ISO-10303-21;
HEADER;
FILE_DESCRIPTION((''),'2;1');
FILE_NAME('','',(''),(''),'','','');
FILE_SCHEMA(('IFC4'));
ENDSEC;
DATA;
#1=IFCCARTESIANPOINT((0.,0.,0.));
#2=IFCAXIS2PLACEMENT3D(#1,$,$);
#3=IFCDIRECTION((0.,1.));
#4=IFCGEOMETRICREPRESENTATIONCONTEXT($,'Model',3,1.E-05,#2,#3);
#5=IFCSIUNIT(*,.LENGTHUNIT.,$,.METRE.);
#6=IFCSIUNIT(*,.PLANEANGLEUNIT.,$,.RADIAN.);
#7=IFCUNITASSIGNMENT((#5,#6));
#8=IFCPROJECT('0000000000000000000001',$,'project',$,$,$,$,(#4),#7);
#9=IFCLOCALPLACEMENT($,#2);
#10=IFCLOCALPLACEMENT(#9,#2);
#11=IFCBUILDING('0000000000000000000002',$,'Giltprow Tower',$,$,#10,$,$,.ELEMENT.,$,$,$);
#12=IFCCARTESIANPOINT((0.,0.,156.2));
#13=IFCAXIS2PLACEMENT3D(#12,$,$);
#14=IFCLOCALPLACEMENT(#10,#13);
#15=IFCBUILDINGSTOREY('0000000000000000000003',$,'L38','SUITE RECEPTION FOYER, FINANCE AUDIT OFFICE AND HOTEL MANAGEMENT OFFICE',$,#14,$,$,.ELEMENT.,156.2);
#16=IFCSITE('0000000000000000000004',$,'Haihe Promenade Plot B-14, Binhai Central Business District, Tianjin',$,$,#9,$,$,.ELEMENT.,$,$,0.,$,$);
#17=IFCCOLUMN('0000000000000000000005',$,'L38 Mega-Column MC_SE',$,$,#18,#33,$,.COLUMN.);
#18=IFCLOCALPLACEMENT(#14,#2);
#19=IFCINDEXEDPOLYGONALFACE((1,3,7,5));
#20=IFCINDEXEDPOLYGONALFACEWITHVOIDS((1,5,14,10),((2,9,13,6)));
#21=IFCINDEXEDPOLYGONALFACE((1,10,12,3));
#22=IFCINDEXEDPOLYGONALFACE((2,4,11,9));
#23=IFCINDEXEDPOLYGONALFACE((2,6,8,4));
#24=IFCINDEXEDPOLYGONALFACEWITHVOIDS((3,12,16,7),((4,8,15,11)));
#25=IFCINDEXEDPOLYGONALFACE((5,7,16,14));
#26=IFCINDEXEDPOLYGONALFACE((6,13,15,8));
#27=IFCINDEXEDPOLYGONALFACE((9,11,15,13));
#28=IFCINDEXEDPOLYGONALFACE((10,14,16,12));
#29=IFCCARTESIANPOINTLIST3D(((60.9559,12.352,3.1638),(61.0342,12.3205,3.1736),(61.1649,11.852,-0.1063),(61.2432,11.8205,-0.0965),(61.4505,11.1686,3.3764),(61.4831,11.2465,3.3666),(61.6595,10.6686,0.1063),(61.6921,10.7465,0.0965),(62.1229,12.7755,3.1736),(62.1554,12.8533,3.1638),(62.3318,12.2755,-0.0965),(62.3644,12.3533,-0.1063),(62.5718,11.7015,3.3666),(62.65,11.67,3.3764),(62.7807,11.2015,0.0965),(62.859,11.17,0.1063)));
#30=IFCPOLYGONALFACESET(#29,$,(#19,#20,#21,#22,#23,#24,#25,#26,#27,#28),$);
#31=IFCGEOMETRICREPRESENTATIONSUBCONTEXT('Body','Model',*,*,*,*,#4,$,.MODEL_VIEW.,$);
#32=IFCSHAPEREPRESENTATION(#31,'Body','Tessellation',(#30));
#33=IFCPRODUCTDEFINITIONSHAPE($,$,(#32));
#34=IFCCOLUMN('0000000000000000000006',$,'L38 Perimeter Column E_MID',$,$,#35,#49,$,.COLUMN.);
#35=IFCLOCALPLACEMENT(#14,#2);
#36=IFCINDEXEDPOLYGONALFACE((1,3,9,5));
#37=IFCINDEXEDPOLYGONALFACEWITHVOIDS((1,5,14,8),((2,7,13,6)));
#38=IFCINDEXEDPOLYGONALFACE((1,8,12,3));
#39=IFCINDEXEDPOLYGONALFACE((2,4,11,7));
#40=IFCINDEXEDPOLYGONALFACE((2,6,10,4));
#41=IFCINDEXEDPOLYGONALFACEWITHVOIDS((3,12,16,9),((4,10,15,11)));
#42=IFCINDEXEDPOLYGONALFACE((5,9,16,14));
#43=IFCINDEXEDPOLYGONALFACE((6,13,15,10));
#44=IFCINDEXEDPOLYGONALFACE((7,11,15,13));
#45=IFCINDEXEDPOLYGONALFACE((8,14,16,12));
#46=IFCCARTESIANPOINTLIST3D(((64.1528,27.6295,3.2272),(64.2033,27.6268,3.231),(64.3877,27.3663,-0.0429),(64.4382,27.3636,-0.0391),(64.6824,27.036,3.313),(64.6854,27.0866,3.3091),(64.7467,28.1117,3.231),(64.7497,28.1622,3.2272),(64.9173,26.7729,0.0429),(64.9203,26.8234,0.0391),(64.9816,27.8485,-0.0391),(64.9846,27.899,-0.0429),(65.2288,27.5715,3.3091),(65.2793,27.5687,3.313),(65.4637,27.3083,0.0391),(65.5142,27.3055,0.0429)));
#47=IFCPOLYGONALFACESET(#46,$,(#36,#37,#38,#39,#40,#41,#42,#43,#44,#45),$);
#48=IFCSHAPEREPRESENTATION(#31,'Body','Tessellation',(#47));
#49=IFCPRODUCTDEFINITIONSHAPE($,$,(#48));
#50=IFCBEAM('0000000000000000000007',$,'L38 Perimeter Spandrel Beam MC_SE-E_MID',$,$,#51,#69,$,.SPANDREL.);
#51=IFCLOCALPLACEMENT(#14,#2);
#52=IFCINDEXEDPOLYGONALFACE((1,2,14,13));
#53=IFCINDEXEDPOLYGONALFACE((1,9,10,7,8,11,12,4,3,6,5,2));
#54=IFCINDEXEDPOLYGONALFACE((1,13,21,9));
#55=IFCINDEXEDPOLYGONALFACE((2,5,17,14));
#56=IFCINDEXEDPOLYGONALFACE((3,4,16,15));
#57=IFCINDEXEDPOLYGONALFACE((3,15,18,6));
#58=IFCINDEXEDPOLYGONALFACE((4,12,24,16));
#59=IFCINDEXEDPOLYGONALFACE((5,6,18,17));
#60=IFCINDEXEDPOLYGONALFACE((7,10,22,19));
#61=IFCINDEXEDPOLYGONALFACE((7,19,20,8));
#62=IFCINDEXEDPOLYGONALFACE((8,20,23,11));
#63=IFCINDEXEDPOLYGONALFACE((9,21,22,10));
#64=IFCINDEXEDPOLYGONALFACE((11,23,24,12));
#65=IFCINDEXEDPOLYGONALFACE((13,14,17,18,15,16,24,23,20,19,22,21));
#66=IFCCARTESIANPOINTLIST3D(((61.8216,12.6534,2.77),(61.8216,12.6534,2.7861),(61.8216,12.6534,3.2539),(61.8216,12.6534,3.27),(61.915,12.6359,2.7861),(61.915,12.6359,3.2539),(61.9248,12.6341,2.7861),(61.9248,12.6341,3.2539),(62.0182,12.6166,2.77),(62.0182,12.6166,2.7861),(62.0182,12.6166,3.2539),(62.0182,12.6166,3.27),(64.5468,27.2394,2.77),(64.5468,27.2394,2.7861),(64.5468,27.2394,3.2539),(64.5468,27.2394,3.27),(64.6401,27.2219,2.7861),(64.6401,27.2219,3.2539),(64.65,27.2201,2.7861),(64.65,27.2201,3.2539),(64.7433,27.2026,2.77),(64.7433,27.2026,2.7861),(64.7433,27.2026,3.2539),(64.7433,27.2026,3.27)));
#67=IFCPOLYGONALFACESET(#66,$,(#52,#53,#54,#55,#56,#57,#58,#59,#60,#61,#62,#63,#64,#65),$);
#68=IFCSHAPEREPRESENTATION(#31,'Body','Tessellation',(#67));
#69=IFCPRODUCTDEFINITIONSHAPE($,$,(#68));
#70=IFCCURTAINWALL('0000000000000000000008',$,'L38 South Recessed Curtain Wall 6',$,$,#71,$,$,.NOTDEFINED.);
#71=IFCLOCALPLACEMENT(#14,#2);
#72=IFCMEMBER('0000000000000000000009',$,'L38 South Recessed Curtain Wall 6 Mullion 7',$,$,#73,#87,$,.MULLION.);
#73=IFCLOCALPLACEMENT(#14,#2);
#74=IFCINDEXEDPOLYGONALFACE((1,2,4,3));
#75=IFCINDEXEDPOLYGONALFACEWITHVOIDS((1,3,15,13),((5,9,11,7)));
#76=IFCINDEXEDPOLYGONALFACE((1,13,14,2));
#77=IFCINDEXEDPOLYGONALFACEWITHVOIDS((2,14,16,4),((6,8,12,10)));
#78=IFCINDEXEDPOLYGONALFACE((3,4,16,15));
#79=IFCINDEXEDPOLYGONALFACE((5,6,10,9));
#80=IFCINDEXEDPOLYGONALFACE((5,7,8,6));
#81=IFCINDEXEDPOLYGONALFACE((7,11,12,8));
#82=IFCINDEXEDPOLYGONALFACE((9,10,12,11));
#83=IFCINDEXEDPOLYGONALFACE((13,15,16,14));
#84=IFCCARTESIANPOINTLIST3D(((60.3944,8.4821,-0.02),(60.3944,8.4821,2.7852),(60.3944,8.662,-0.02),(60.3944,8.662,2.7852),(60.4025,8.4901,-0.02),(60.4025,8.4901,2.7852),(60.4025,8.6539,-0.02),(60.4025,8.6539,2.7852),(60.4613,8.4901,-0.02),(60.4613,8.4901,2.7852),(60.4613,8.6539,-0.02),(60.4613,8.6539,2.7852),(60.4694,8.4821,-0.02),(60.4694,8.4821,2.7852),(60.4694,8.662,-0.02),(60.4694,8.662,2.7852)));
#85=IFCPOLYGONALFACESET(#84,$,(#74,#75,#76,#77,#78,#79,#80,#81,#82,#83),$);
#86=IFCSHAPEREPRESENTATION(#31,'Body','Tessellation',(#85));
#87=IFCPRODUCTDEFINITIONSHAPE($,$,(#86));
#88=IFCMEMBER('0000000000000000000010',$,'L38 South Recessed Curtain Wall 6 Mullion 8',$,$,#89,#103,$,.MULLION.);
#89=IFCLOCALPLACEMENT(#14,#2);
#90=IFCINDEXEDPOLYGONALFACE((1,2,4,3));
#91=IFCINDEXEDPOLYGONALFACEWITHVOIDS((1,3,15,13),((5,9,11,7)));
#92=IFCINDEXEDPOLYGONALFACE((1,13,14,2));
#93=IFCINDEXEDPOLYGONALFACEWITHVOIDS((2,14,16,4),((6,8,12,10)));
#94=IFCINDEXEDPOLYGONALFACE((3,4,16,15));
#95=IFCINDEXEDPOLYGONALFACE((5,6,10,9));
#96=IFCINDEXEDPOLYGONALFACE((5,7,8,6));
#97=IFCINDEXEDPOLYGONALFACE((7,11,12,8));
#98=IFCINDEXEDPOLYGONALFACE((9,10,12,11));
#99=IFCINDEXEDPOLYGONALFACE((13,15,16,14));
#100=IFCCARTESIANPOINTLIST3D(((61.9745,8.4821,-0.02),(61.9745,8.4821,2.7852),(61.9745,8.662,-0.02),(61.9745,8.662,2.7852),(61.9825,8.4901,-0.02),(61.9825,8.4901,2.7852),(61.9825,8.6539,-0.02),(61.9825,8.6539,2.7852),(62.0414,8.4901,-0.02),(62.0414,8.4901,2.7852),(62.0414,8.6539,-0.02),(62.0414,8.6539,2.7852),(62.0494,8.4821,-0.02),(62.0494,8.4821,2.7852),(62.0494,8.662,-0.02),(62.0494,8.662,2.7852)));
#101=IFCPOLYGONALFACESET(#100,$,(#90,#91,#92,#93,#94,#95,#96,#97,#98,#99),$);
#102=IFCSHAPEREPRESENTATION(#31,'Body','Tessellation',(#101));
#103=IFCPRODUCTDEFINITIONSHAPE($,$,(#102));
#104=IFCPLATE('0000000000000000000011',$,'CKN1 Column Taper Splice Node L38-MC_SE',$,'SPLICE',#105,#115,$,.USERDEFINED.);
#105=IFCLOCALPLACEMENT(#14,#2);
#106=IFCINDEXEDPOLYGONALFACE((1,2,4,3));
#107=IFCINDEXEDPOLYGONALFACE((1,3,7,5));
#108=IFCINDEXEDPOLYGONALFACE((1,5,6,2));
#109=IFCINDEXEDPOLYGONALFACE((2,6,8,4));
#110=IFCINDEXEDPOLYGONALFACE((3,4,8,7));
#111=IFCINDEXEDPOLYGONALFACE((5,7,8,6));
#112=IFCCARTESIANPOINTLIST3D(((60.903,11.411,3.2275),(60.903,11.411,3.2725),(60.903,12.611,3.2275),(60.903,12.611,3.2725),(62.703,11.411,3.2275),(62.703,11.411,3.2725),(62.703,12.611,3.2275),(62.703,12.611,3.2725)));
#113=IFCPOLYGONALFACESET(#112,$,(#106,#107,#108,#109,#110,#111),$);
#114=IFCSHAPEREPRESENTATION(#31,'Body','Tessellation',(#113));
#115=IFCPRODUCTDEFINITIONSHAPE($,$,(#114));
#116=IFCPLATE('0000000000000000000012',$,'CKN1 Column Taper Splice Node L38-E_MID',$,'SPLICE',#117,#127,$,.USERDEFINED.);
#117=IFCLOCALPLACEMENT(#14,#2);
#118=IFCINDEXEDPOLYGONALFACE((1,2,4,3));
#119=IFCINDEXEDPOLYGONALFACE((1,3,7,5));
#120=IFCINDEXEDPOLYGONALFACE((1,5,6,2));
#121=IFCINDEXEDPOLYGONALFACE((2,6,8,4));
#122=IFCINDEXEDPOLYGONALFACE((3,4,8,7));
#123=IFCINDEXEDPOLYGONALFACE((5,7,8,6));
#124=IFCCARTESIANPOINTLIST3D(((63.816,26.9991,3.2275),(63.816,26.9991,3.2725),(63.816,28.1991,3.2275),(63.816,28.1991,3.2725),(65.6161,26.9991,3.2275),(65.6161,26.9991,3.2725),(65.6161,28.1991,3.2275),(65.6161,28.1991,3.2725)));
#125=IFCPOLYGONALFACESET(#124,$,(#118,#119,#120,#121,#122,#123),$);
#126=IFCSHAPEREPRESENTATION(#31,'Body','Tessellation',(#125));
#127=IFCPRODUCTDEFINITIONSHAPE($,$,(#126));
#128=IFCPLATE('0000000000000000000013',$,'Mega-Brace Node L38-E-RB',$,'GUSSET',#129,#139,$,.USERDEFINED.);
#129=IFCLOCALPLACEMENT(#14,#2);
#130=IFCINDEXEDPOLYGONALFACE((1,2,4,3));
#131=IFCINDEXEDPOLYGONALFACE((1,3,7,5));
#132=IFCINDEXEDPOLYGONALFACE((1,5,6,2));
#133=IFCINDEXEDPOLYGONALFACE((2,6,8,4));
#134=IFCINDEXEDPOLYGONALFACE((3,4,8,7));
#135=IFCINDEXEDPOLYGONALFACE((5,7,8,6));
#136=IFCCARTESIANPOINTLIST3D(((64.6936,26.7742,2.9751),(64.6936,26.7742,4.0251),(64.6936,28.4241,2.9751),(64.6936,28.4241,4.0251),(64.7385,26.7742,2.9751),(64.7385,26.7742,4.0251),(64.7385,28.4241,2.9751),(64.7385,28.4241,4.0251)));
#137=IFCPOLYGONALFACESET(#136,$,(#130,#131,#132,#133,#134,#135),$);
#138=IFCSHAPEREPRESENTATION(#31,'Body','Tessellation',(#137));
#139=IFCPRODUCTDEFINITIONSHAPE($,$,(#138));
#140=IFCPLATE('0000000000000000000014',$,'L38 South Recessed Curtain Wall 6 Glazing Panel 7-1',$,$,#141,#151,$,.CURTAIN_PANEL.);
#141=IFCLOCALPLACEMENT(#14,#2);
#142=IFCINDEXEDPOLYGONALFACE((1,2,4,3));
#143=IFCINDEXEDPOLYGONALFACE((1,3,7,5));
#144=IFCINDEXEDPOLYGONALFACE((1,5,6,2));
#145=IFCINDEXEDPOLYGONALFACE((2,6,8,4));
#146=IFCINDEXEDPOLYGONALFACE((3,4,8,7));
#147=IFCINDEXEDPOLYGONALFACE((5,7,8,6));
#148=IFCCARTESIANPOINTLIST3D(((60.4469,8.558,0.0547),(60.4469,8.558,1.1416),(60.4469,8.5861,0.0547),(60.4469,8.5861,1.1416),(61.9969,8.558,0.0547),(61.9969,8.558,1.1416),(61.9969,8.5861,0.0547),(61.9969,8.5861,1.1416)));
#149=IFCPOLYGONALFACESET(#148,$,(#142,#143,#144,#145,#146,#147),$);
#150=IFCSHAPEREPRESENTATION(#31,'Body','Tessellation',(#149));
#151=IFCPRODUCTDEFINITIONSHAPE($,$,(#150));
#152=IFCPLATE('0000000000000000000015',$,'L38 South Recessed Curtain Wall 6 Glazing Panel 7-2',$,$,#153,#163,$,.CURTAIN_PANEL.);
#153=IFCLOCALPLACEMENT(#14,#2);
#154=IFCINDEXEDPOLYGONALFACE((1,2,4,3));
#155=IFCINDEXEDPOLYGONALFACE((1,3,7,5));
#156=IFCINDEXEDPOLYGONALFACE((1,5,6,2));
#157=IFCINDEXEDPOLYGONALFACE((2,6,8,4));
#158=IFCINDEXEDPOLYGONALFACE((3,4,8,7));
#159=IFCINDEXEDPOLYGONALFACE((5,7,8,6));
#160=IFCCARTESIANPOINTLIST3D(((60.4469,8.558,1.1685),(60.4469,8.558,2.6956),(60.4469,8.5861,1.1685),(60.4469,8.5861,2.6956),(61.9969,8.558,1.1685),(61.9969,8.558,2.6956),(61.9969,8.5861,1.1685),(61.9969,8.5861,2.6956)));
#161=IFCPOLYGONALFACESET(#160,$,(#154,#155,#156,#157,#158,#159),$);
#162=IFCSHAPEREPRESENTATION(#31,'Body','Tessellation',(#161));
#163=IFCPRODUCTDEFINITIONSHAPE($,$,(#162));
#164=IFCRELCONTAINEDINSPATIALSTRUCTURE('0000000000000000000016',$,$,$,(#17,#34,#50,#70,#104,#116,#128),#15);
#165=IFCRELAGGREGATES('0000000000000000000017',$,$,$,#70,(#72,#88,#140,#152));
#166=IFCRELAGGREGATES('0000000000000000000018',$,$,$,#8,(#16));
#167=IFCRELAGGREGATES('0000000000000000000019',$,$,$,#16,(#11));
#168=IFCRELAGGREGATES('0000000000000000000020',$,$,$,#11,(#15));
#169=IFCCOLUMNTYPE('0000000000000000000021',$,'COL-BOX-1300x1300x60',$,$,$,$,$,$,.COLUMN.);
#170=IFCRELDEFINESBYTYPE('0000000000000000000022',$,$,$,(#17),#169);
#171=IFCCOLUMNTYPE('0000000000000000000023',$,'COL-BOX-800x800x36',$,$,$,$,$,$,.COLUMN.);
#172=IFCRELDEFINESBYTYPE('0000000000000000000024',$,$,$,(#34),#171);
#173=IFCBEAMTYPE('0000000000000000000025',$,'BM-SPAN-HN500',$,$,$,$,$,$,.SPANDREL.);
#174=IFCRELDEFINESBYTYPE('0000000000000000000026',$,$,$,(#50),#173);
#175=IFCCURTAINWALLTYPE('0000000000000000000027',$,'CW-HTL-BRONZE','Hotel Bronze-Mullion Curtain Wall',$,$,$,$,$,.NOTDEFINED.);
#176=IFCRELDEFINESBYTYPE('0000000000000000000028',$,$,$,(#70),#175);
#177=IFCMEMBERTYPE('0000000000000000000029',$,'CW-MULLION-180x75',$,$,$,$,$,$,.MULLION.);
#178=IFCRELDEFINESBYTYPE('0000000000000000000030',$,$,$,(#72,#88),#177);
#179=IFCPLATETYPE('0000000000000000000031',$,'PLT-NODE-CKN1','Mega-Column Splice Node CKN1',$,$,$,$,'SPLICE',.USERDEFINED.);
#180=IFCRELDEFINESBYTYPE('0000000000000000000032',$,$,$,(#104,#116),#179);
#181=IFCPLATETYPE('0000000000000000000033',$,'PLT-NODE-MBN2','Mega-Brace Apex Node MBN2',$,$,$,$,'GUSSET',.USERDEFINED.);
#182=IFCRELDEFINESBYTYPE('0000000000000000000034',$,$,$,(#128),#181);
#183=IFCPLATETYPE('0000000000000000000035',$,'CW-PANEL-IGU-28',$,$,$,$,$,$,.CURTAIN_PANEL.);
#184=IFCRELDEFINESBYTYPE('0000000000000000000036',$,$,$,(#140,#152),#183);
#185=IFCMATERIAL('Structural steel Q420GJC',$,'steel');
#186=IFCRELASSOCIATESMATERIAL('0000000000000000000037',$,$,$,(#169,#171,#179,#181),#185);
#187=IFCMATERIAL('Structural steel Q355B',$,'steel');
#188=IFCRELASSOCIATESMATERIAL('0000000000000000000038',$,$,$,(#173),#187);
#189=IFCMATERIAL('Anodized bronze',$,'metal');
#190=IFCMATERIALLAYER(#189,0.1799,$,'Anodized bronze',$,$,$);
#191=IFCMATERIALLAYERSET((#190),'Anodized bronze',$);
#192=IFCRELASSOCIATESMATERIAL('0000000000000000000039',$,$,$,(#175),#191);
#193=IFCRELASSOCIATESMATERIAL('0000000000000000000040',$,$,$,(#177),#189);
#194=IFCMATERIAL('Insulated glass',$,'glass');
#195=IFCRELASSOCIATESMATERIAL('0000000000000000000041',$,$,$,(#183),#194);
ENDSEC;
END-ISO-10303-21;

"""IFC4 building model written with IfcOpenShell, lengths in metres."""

from ifc_helpers import new_model, si_unit, direction, frame, origin, origin_2d, place, context, subcontext, project, spatial, rectangle, hollow_rectangle, i_section, extrude, source, transform, mapped, material, layer, layer_set, material_profile, profile_set, type_object, element, aggregate, save


model = new_model("IFC4")

# Units and contexts
model_context = context("Model", 3, precision=1e-05, world=origin(), true_north=direction((0.0, 1.0)))
body_context = subcontext(model_context, "Body", "Model", "MODEL_VIEW")
ifc_project = project(units=[si_unit("LENGTHUNIT", "METRE"), si_unit("PLANEANGLEUNIT", "RADIAN")], contexts=[model_context])

# Site, building, storey
site_placement = place(None, origin())
site = spatial("IfcSite", under=ifc_project, at=site_placement, Name="Haihe Promenade Plot B-14, Binhai Central Business District, Tianjin", CompositionType="ELEMENT", RefElevation=0.0)
building_placement = place(site_placement, origin())
building = spatial("IfcBuilding", under=site, at=building_placement, Name="Giltprow Tower", CompositionType="ELEMENT")
storey_placement = place(building_placement, frame((0.0, 0.0, 156.2)))
storey = spatial("IfcBuildingStorey", under=building, at=storey_placement, Name="L38", Description="SUITE RECEPTION FOYER, FINANCE AUDIT OFFICE AND HOTEL MANAGEMENT OFFICE", CompositionType="ELEMENT", Elevation=156.2)

# Columns
ifc_material_1 = material(Name="Structural steel Q420GJC", Category="steel")
ifc_material_profile_1 = material_profile(ifc_material_1, hollow_rectangle(XDim=1.3, YDim=1.3, WallThickness=0.0601, at=origin_2d()), Name="BOX 1300x1300x60")
ifc_profile_set_1 = profile_set([ifc_material_profile_1], Name="Structural steel Q420GJC")
column_type_1 = type_object("IfcColumnType", Name="COL-BOX-1300x1300x60", PredefinedType="COLUMN", material=ifc_profile_set_1)
shared_shape_1 = source(origin(), body_context, "Body", "SweptSolid", [
    extrude(hollow_rectangle(XDim=1.3, YDim=1.3, WallThickness=0.0601, at=origin_2d()), origin(), (0.0, 0.0, 1.0), 3.3147),
])
column_1_placement = place(storey_placement, frame((62.012, 11.511, 0.0), z_axis=(-0.063049, 0.150847, 0.986544), x_axis=(-0.92265, -0.385639, 0.0)))
element("IfcColumn", 1, at=column_1_placement, inside=storey, type_object=column_type_1, Name="L38 Mega-Column MC_SE", PredefinedType="COLUMN", context=body_context, shape_type="MappedRepresentation", body=[
    mapped(shared_shape_1, transform((0.0, 0.0, 0.0), x_axis=(1.0, 0.0, 0.0), y_axis=(0.0, 1.0, 0.0), z_axis=(0.0, 0.0, 1.0), scale=1.0)),
])
ifc_material_profile_2 = material_profile(ifc_material_1, hollow_rectangle(XDim=0.8, YDim=0.8, WallThickness=0.0359, at=origin_2d()), Name="BOX 800x800x36")
ifc_profile_set_2 = profile_set([ifc_material_profile_2], Name="Structural steel Q420GJC")
column_type_2 = type_object("IfcColumnType", Name="COL-BOX-800x800x36", PredefinedType="COLUMN", material=ifc_profile_set_2)
shared_shape_2 = source(origin(), body_context, "Body", "SweptSolid", [
    extrude(hollow_rectangle(XDim=0.8, YDim=0.8, WallThickness=0.0359, at=origin_2d()), origin(), (0.0, 0.0, 1.0), 3.2891),
])
column_2_placement = place(storey_placement, frame((64.9509, 27.3359, 0.0), z_axis=(-0.071409, 0.08002, 0.994232), x_axis=(-0.74611, -0.665823, 0.0)))
element("IfcColumn", 2, at=column_2_placement, inside=storey, type_object=column_type_2, Name="L38 Perimeter Column E_MID", PredefinedType="COLUMN", context=body_context, shape_type="MappedRepresentation", body=[
    mapped(shared_shape_2, transform((0.0, 0.0, 0.0), x_axis=(1.0, 0.0, 0.0), y_axis=(0.0, 1.0, 0.0), z_axis=(0.0, 0.0, 1.0), scale=1.0)),
])

# Beam
ifc_material_2 = material(Name="Structural steel Q355B", Category="steel")
ifc_material_profile_3 = material_profile(ifc_material_2, i_section(OverallWidth=0.2, OverallDepth=0.5, WebThickness=0.01, FlangeThickness=0.0161, at=origin_2d()), Name="HN 500x200x10x16")
ifc_profile_set_3 = profile_set([ifc_material_profile_3], Name="Structural steel Q355B")
beam_type = type_object("IfcBeamType", Name="BM-SPAN-HN500", PredefinedType="SPANDREL", material=ifc_profile_set_3)
shared_shape_3 = source(origin(), body_context, "Body", "SweptSolid", [
    extrude(i_section(OverallWidth=0.2, OverallDepth=0.5, WebThickness=0.01, FlangeThickness=0.0161, at=origin_2d()), origin(), (0.0, 0.0, 1.0), 14.8384),
])
beam_placement = place(storey_placement, frame((61.9199, 12.635, 3.02), z_axis=(0.183653, 0.982991, 0.0), x_axis=(-0.982991, 0.183653, 0.0)))
element("IfcBeam", 3, at=beam_placement, inside=storey, type_object=beam_type, Name="L38 Perimeter Spandrel Beam MC_SE-E_MID", PredefinedType="SPANDREL", context=body_context, shape_type="MappedRepresentation", body=[
    mapped(shared_shape_3, transform((0.0, 0.0, 0.0), x_axis=(1.0, 0.0, 0.0), y_axis=(0.0, 1.0, 0.0), z_axis=(0.0, 0.0, 1.0), scale=1.0)),
])

# Curtain wall, members
ifc_material_3 = material(Name="Anodized bronze", Category="metal")
ifc_layer_1 = layer(ifc_material_3, 0.1799, Name="Anodized bronze")
ifc_layer_set_1 = layer_set([ifc_layer_1], Name="Anodized bronze")
curtain_wall_type = type_object("IfcCurtainWallType", Name="CW-HTL-BRONZE", Description="Hotel Bronze-Mullion Curtain Wall", PredefinedType="NOTDEFINED", material=ifc_layer_set_1)
curtain_wall_placement = place(storey_placement, origin())
curtain_wall = element("IfcCurtainWall", 4, at=curtain_wall_placement, inside=storey, type_object=curtain_wall_type, Name="L38 South Recessed Curtain Wall 6", PredefinedType="NOTDEFINED")
ifc_material_profile_4 = material_profile(ifc_material_3, hollow_rectangle(XDim=0.075, YDim=0.1799, WallThickness=0.0081, at=origin_2d()), Name="RHS 180x75x8")
ifc_profile_set_4 = profile_set([ifc_material_profile_4], Name="Anodized bronze")
member_type = type_object("IfcMemberType", Name="CW-MULLION-180x75", PredefinedType="MULLION", material=ifc_profile_set_4)
shared_shape_4 = source(origin(), body_context, "Body", "SweptSolid", [
    extrude(hollow_rectangle(XDim=0.075, YDim=0.1799, WallThickness=0.0081, at=origin_2d()), origin(), (0.0, 0.0, 1.0), 2.8052),
])
member_1_placement = place(storey_placement, frame((60.4319, 8.572, -0.02), z_axis=(0.0, 0.0, 1.0), x_axis=(1.0, 0.0, 0.0)))
member_1 = element("IfcMember", 5, at=member_1_placement, type_object=member_type, Name="L38 South Recessed Curtain Wall 6 Mullion 7", PredefinedType="MULLION", context=body_context, shape_type="MappedRepresentation", body=[
    mapped(shared_shape_4, transform((0.0, 0.0, 0.0), x_axis=(1.0, 0.0, 0.0), y_axis=(0.0, 1.0, 0.0), z_axis=(0.0, 0.0, 1.0), scale=1.0)),
])
member_2_placement = place(storey_placement, frame((62.012, 8.572, -0.02), z_axis=(0.0, 0.0, 1.0), x_axis=(1.0, 0.0, 0.0)))
member_2 = element("IfcMember", 6, at=member_2_placement, type_object=member_type, Name="L38 South Recessed Curtain Wall 6 Mullion 8", PredefinedType="MULLION", context=body_context, shape_type="MappedRepresentation", body=[
    mapped(shared_shape_4, transform((0.0, 0.0, 0.0), x_axis=(1.0, 0.0, 0.0), y_axis=(0.0, 1.0, 0.0), z_axis=(0.0, 0.0, 1.0), scale=1.0)),
])

# Plates
plate_type_1 = type_object("IfcPlateType", Name="PLT-NODE-CKN1", Description="Mega-Column Splice Node CKN1", ElementType="SPLICE", PredefinedType="USERDEFINED", material=ifc_material_1)
shared_shape_5 = source(origin(), body_context, "Body", "SweptSolid", [
    extrude(rectangle(XDim=1.8, YDim=1.2, at=origin_2d()), origin(), (0.0, 0.0, 1.0), 0.0449),
])
for number, where, z_axis, x_axis, name in (
    (7, (61.803, 12.011, 3.2275), (0.0, 0.0, 1.0), (1.0, 0.0, 0.0), "CKN1 Column Taper Splice Node L38-MC_SE"),
    (8, (64.7161, 27.5991, 3.2275), (0.0, 0.0, 1.0), (1.0, 0.0, 0.0), "CKN1 Column Taper Splice Node L38-E_MID"),
):
    element("IfcPlate", number, at=place(storey_placement, frame(where, z_axis=z_axis, x_axis=x_axis)), inside=storey, type_object=plate_type_1, Name=name, ObjectType="SPLICE", PredefinedType="USERDEFINED", context=body_context, shape_type="MappedRepresentation", body=[
        mapped(shared_shape_5, transform((0.0, 0.0, 0.0), x_axis=(1.0, 0.0, 0.0), y_axis=(0.0, 1.0, 0.0), z_axis=(0.0, 0.0, 1.0), scale=1.0)),
    ])
plate_type_2 = type_object("IfcPlateType", Name="PLT-NODE-MBN2", Description="Mega-Brace Apex Node MBN2", ElementType="GUSSET", PredefinedType="USERDEFINED", material=ifc_material_1)
shared_shape_6 = source(origin(), body_context, "Body", "SweptSolid", [
    extrude(rectangle(XDim=1.6499, YDim=0.0449, at=origin_2d()), origin(), (0.0, 0.0, 1.0), 1.05),
])
plate_1_placement = place(storey_placement, frame((64.7161, 27.5991, 2.9751), z_axis=(0.0, 0.0, 1.0), x_axis=(0.0, 1.0, 0.0)))
element("IfcPlate", 9, at=plate_1_placement, inside=storey, type_object=plate_type_2, Name="Mega-Brace Node L38-E-RB", ObjectType="GUSSET", PredefinedType="USERDEFINED", context=body_context, shape_type="MappedRepresentation", body=[
    mapped(shared_shape_6, transform((0.0, 0.0, 0.0), x_axis=(1.0, 0.0, 0.0), y_axis=(0.0, 1.0, 0.0), z_axis=(0.0, 0.0, 1.0), scale=1.0)),
])

# Plates
ifc_material_4 = material(Name="Insulated glass", Category="glass")
plate_type_3 = type_object("IfcPlateType", Name="CW-PANEL-IGU-28", PredefinedType="CURTAIN_PANEL", material=ifc_material_4)
shared_shape_7 = source(origin(), body_context, "Body", "SweptSolid", [
    extrude(rectangle(XDim=1.55, YDim=0.0281, at=origin_2d()), origin(), (0.0, 0.0, 1.0), 1.0869),
])
plate_2_placement = place(storey_placement, frame((61.2219, 8.572, 0.0547), z_axis=(0.0, 0.0, 1.0), x_axis=(1.0, 0.0, 0.0)))
plate_2 = element("IfcPlate", 10, at=plate_2_placement, type_object=plate_type_3, Name="L38 South Recessed Curtain Wall 6 Glazing Panel 7-1", PredefinedType="CURTAIN_PANEL", context=body_context, shape_type="MappedRepresentation", body=[
    mapped(shared_shape_7, transform((0.0, 0.0, 0.0), x_axis=(1.0, 0.0, 0.0), y_axis=(0.0, 1.0, 0.0), z_axis=(0.0, 0.0, 1.0), scale=1.0)),
])
shared_shape_8 = source(origin(), body_context, "Body", "SweptSolid", [
    extrude(rectangle(XDim=1.55, YDim=0.0281, at=origin_2d()), origin(), (0.0, 0.0, 1.0), 1.5271),
])
plate_3_placement = place(storey_placement, frame((61.2219, 8.572, 1.1685), z_axis=(0.0, 0.0, 1.0), x_axis=(1.0, 0.0, 0.0)))
plate_3 = element("IfcPlate", 11, at=plate_3_placement, type_object=plate_type_3, Name="L38 South Recessed Curtain Wall 6 Glazing Panel 7-2", PredefinedType="CURTAIN_PANEL", context=body_context, shape_type="MappedRepresentation", body=[
    mapped(shared_shape_8, transform((0.0, 0.0, 0.0), x_axis=(1.0, 0.0, 0.0), y_axis=(0.0, 1.0, 0.0), z_axis=(0.0, 0.0, 1.0), scale=1.0)),
])
aggregate(curtain_wall, [member_1, member_2, plate_2, plate_3])

save(model, "model.ifc")
